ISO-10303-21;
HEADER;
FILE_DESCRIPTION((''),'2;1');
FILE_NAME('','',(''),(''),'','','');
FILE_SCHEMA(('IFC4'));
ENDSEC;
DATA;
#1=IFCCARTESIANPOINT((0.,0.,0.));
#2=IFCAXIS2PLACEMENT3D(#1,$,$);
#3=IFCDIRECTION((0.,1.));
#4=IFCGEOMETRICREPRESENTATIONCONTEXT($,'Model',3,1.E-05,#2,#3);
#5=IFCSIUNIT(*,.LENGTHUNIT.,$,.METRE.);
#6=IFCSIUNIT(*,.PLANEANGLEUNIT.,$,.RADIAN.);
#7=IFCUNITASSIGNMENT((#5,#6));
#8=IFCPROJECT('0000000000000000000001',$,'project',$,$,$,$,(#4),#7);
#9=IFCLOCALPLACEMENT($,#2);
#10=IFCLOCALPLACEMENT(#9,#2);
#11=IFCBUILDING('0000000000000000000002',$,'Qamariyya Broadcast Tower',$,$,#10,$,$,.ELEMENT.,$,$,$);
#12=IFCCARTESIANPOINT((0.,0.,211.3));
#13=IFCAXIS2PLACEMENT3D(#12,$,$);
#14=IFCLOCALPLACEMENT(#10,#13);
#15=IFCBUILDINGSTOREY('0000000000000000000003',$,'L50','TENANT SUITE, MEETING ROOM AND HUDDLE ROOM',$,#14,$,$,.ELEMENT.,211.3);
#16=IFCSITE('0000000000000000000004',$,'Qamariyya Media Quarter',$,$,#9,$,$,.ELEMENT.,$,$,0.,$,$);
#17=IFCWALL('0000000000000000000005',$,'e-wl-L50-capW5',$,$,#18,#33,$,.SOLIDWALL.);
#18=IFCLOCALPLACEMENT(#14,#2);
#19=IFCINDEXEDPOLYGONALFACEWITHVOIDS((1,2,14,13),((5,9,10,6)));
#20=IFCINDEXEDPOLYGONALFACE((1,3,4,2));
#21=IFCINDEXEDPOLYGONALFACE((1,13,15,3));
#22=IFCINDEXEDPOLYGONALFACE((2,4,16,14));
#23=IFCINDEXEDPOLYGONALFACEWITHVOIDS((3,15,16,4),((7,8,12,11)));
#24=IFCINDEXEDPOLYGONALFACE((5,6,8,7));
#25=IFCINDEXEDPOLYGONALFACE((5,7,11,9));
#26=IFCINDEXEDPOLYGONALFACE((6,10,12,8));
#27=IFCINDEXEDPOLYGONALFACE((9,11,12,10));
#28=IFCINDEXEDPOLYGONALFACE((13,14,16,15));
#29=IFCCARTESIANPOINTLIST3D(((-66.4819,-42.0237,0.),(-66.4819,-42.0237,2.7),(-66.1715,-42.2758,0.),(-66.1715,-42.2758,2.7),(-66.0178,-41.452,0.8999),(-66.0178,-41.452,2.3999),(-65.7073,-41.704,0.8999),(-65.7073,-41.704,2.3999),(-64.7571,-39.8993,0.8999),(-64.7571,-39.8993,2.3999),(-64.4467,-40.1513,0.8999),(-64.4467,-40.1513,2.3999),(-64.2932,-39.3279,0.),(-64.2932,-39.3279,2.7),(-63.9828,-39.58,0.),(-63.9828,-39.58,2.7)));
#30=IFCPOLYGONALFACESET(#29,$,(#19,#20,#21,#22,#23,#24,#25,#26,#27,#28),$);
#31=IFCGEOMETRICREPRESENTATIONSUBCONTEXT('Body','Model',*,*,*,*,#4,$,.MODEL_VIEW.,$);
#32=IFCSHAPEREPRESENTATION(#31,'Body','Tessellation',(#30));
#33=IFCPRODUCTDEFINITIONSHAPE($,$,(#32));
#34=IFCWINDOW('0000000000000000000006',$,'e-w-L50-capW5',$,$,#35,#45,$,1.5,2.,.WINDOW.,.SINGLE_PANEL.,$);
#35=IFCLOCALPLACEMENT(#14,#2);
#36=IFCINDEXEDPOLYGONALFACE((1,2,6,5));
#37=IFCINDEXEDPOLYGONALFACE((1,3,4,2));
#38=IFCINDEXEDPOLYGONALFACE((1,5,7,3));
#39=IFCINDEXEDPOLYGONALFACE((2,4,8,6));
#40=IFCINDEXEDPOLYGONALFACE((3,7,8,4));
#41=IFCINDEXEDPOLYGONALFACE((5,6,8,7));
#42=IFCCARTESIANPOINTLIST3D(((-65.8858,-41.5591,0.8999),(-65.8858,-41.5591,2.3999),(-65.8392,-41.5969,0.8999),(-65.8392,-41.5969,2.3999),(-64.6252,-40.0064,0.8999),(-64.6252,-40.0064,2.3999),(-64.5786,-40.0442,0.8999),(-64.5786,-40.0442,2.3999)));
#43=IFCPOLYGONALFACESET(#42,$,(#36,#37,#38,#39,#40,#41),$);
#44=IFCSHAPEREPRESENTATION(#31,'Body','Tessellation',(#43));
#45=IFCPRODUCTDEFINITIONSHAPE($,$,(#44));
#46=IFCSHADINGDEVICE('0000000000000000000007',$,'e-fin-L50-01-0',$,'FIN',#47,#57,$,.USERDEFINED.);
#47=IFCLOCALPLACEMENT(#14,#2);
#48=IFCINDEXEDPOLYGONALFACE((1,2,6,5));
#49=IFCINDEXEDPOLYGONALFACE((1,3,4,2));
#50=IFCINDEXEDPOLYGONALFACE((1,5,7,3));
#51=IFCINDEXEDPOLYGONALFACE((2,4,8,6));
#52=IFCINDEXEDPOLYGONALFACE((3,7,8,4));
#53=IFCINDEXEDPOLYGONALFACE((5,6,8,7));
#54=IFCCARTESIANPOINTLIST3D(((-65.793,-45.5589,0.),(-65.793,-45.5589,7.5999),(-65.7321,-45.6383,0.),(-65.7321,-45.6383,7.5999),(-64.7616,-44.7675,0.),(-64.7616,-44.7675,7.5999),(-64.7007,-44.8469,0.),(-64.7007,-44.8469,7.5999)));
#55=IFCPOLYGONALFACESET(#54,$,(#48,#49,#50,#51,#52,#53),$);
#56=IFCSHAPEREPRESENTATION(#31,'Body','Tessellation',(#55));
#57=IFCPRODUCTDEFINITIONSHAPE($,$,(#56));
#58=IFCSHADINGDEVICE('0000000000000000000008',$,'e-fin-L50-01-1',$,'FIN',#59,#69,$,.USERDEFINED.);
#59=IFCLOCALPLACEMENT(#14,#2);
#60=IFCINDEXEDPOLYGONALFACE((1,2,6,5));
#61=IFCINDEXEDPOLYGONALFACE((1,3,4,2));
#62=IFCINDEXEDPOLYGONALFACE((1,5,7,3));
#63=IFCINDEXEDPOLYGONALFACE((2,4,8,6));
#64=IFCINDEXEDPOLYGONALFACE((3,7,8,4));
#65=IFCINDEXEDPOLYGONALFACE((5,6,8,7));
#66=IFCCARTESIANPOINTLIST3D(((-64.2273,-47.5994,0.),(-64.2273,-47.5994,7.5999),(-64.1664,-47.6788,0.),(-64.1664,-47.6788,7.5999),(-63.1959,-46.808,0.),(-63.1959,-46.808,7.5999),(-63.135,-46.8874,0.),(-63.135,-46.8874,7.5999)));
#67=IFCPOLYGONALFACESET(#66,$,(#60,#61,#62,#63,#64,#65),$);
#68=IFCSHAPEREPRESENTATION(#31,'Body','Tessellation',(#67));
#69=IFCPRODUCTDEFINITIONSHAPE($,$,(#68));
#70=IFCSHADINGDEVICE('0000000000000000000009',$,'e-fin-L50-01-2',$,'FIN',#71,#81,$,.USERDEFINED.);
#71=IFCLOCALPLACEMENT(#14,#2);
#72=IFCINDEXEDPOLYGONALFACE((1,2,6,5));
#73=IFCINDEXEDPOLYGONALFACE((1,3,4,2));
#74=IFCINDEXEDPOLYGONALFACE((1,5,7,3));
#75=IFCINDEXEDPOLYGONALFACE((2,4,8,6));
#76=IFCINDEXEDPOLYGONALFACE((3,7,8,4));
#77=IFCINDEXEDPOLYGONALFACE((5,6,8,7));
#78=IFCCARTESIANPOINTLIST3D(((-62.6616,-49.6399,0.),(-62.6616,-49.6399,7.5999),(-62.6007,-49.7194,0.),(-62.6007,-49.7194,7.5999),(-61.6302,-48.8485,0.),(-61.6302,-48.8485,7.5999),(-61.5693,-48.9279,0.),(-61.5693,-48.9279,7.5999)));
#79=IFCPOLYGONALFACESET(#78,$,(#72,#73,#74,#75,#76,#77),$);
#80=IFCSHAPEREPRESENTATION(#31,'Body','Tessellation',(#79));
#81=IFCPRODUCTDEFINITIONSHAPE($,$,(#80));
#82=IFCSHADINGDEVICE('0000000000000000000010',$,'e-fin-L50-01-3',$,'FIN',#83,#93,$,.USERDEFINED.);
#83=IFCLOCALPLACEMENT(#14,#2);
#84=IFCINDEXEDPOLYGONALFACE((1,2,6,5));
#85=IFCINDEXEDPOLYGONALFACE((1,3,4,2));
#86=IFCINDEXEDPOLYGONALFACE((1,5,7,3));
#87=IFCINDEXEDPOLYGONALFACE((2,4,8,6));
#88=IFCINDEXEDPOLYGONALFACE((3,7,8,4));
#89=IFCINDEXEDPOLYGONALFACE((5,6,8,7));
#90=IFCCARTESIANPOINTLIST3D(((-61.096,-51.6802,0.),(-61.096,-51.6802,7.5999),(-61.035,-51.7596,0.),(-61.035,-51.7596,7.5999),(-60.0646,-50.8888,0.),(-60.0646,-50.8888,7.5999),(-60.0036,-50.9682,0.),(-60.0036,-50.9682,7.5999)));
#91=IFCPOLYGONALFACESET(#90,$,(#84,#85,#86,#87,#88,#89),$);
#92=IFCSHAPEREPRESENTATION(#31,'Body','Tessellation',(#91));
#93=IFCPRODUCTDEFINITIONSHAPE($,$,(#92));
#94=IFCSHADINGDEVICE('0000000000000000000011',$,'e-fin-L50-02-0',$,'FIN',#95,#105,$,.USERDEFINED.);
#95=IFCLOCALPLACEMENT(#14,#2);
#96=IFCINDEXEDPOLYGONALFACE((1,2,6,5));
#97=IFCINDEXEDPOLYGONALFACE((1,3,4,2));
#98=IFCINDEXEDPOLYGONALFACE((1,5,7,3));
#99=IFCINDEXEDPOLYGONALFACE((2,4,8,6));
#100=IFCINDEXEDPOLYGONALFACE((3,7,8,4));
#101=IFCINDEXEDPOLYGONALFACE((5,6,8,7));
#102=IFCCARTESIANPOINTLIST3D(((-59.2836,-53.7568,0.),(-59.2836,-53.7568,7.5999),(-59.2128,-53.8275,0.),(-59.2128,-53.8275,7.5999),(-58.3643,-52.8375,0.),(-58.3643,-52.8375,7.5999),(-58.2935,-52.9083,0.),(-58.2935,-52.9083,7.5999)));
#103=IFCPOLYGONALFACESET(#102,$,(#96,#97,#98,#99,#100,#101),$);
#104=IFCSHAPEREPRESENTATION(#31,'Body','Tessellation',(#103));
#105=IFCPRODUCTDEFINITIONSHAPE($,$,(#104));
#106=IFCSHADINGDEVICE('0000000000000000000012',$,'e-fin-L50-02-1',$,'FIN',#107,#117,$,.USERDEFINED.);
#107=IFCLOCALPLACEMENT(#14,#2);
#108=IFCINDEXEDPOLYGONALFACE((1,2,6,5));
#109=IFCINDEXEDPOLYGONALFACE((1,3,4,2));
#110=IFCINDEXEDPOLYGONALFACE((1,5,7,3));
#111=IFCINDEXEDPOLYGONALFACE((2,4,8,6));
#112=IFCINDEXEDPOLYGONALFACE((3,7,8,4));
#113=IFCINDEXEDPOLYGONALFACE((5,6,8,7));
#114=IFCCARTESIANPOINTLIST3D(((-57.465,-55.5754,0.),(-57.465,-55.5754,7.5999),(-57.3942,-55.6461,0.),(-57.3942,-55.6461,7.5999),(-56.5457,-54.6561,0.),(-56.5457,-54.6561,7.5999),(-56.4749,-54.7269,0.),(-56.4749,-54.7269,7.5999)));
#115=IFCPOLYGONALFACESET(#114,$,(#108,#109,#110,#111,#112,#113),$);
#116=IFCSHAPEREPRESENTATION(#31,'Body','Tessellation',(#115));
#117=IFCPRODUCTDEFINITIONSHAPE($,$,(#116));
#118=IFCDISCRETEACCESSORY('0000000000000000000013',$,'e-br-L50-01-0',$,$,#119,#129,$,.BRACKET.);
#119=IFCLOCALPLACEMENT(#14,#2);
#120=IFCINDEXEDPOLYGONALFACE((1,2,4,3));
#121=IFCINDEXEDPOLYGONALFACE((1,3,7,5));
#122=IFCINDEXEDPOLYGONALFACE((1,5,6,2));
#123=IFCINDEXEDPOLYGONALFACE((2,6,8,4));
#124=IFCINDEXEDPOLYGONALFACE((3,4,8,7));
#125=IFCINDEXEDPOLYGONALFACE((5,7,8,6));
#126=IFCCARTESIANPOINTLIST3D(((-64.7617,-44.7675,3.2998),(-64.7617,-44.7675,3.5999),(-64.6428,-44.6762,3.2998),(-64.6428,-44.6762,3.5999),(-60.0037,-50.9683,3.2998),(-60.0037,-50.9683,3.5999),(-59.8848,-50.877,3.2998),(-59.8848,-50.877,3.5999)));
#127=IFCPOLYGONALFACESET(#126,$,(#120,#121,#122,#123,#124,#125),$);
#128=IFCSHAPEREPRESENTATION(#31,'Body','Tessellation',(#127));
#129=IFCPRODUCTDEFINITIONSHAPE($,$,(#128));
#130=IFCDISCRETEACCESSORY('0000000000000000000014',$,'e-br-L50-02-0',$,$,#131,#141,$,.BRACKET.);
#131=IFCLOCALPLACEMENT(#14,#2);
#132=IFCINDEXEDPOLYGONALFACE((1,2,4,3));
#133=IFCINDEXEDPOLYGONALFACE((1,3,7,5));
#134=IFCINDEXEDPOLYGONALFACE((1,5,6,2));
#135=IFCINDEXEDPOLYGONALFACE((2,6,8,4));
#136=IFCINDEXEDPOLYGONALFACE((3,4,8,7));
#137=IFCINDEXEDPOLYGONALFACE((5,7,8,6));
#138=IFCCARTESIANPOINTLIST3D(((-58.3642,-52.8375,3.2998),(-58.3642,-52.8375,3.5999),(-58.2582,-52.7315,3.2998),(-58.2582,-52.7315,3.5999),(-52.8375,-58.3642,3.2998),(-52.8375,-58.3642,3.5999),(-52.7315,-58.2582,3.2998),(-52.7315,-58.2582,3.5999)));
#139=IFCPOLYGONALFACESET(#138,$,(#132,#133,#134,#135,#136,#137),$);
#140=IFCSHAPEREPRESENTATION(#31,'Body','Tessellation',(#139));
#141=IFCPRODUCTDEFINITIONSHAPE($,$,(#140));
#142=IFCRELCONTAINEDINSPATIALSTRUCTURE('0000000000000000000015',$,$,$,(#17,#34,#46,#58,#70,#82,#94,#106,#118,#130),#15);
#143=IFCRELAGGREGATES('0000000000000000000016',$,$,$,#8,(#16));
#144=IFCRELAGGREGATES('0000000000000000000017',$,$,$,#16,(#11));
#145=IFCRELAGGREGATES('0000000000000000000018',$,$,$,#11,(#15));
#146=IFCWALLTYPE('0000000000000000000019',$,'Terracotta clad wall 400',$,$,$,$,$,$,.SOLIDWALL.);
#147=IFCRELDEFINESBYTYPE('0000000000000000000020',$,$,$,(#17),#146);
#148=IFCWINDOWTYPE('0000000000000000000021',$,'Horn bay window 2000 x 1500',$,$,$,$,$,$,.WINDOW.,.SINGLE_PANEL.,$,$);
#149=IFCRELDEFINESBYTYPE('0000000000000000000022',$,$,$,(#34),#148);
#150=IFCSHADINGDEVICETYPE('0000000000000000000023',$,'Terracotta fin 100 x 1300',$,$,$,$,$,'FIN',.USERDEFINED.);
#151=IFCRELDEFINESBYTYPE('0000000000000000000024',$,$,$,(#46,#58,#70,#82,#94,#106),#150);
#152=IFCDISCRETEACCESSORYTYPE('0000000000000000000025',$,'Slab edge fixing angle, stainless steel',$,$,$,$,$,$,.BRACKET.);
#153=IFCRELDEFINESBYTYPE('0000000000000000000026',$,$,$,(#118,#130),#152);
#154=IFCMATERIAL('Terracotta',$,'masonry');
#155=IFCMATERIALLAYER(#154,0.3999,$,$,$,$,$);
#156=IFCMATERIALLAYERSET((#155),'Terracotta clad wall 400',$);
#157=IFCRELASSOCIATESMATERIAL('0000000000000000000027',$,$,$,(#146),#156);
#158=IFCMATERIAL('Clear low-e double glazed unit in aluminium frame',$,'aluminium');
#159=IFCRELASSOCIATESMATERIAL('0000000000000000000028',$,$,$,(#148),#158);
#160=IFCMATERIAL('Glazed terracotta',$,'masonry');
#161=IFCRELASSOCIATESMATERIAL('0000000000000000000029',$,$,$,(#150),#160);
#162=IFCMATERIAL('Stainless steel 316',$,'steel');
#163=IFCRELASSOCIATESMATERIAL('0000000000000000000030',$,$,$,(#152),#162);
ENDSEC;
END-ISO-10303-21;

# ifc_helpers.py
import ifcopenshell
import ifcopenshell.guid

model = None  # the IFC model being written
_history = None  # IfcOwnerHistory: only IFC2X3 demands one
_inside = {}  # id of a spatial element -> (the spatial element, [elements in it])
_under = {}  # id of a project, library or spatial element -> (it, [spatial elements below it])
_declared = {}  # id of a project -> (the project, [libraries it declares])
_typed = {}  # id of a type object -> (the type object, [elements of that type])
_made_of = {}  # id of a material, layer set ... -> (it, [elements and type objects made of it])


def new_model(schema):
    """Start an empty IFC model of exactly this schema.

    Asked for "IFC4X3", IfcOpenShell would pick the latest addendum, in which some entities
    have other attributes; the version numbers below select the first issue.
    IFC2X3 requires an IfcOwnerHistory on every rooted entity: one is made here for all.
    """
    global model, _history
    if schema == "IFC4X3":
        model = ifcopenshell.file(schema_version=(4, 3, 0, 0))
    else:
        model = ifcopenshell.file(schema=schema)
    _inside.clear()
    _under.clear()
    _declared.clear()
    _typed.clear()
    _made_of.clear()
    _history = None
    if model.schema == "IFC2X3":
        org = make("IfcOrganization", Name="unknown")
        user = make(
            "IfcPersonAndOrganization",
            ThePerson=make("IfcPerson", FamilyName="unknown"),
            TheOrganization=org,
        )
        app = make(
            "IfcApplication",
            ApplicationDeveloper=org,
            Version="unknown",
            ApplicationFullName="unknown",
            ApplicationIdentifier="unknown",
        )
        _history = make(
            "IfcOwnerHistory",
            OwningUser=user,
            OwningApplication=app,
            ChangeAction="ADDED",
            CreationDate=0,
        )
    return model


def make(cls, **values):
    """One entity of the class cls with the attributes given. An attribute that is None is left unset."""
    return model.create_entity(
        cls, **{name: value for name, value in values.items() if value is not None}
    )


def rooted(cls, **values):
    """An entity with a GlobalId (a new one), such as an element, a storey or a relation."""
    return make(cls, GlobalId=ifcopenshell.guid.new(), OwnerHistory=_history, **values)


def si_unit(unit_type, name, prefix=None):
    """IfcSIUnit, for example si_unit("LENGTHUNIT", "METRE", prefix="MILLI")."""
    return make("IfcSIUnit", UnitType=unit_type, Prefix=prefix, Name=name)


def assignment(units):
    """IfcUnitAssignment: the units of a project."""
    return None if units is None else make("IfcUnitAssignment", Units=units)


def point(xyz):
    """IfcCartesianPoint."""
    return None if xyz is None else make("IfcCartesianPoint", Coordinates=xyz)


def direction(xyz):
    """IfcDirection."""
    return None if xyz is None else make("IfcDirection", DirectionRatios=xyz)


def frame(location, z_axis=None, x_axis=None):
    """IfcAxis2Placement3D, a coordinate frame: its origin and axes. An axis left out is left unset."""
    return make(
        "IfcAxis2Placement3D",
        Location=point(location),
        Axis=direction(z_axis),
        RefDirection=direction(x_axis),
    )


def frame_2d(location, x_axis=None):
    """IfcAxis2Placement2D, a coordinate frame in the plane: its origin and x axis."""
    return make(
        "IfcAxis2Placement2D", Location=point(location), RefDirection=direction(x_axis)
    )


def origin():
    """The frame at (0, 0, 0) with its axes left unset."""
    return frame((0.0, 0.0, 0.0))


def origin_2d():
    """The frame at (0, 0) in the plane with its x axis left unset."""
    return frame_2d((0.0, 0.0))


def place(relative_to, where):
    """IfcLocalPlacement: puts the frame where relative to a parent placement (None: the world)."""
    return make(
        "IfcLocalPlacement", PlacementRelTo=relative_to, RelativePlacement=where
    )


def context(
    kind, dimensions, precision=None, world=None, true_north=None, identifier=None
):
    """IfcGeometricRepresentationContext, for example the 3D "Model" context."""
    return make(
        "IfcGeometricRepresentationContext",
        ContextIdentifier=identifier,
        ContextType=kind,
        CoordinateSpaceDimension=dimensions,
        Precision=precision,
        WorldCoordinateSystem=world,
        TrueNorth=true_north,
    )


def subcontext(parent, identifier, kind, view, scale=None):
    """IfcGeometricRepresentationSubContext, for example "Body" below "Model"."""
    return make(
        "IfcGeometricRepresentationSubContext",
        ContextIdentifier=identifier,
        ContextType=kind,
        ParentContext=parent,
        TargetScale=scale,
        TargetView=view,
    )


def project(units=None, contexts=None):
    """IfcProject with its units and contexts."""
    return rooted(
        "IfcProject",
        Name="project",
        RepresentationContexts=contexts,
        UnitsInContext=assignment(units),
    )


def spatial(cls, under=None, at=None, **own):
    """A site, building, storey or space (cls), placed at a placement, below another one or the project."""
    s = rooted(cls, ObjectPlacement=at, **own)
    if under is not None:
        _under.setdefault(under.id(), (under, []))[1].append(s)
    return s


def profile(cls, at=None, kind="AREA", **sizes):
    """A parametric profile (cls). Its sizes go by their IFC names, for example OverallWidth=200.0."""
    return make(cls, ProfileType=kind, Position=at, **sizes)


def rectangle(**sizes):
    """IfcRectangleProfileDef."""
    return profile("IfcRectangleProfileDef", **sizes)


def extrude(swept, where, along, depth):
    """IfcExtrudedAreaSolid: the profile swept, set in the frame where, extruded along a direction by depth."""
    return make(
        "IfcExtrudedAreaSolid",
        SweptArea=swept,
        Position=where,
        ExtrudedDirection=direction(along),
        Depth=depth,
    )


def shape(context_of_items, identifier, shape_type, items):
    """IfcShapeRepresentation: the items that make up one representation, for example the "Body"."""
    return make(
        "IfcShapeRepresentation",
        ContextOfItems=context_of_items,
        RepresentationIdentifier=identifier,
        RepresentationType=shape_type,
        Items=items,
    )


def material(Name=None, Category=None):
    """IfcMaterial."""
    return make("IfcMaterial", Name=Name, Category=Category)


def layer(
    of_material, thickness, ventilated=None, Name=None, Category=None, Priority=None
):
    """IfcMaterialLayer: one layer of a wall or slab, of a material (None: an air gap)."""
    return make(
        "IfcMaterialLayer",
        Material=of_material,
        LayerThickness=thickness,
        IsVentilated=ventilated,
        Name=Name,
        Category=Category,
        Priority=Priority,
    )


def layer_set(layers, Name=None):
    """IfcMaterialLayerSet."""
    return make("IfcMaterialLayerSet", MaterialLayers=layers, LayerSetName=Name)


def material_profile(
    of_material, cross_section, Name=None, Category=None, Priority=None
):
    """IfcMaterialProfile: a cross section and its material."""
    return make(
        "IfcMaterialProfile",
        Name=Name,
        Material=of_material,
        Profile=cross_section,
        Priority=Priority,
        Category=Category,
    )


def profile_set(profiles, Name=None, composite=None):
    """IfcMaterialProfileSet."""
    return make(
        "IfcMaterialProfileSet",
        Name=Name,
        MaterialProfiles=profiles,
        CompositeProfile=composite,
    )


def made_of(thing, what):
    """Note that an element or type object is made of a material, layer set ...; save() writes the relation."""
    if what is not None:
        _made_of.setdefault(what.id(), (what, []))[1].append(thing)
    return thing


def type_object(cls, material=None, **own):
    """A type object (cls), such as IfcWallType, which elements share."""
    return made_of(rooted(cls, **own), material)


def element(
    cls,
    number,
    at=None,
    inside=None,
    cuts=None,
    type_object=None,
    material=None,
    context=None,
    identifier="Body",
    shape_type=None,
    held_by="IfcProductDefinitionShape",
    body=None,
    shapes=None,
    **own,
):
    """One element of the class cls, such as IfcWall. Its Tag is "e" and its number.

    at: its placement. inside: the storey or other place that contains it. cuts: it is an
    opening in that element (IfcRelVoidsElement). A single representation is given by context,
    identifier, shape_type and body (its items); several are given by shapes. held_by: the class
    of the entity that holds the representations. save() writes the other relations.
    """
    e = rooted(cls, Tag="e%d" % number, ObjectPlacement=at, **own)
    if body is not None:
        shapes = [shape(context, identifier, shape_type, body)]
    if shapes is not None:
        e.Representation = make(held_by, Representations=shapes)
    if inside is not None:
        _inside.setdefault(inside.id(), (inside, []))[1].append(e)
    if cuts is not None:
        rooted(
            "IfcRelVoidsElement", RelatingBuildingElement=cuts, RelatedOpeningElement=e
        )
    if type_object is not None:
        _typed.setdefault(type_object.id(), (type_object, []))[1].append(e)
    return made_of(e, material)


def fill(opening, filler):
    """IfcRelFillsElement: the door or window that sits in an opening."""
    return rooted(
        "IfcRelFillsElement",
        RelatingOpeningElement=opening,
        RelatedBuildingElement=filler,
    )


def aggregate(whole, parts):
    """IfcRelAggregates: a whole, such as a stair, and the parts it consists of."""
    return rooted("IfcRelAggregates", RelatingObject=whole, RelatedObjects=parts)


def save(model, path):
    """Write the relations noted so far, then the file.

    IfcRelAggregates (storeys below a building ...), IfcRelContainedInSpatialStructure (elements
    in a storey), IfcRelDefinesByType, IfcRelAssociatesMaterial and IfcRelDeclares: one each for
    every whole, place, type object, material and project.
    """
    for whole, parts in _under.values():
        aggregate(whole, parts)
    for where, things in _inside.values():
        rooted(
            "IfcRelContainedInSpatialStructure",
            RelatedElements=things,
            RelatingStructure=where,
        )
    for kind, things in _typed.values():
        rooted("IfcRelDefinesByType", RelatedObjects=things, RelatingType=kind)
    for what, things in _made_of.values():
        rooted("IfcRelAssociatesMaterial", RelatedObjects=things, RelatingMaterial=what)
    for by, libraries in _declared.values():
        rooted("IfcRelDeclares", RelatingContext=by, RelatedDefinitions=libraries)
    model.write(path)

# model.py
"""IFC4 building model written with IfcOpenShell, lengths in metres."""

from ifc_helpers import new_model, si_unit, direction, frame, frame_2d, origin, origin_2d, place, context, subcontext, project, spatial, rectangle, extrude, material, layer, layer_set, material_profile, profile_set, type_object, element, fill, save


model = new_model("IFC4")

# Units and contexts
model_context = context("Model", 3, precision=1e-05, world=origin(), true_north=direction((0.0, 1.0)))
body_context = subcontext(model_context, "Body", "Model", "MODEL_VIEW")
ifc_project = project(units=[si_unit("LENGTHUNIT", "METRE"), si_unit("PLANEANGLEUNIT", "RADIAN")], contexts=[model_context])

# Site, building, storey
site_placement = place(None, origin())
site = spatial("IfcSite", under=ifc_project, at=site_placement, Name="Qamariyya Media Quarter", CompositionType="ELEMENT", RefElevation=0.0)
building_placement = place(site_placement, origin())
building = spatial("IfcBuilding", under=site, at=building_placement, Name="Qamariyya Broadcast Tower", CompositionType="ELEMENT")
storey_placement = place(building_placement, frame((0.0, 0.0, 211.3)))
storey = spatial("IfcBuildingStorey", under=building, at=storey_placement, Name="L50", Description="TENANT SUITE, MEETING ROOM AND HUDDLE ROOM", CompositionType="ELEMENT", Elevation=211.3)

# Wall, opening, window
ifc_material_1 = material(Name="Terracotta", Category="masonry")
ifc_layer = layer(ifc_material_1, 0.3999)
ifc_layer_set = layer_set([ifc_layer], Name="Terracotta clad wall 400")
wall_type = type_object("IfcWallType", Name="Terracotta clad wall 400", PredefinedType="SOLIDWALL", material=ifc_layer_set)
ifc_material_2 = material(Name="Clear low-e double glazed unit in aluminium frame", Category="aluminium")
window_type = type_object("IfcWindowType", Name="Horn bay window 2000 x 1500", PartitioningType="SINGLE_PANEL", PredefinedType="WINDOW", material=ifc_material_2)
wall_1_placement = place(storey_placement, frame((-64.1379, -39.4539, 0.0), z_axis=(0.0, 0.0, 1.0), x_axis=(-0.630312, -0.776342, 0.0)))
wall_1 = element("IfcWall", 1, at=wall_1_placement, inside=storey, type_object=wall_type, Name="e-wl-L50-capW5", PredefinedType="SOLIDWALL", context=body_context, shape_type="SweptSolid", body=[
    extrude(rectangle(XDim=3.4724, YDim=0.3999, at=frame_2d((1.7363, 0.0))), origin(), (0.0, 0.0, 1.0), 2.7),
])
opening_1_placement = place(wall_1_placement, frame((0.7361, 0.0, 0.8999)))
opening_1 = element("IfcOpeningElement", 2, at=opening_1_placement, cuts=wall_1, PredefinedType="OPENING", context=body_context, shape_type="SweptSolid", body=[
    extrude(rectangle(XDim=2.0, YDim=1.5, at=frame_2d((1.0, 0.75))), frame((0.0, 0.21, 0.0), z_axis=(0.0, -1.0, 0.0), x_axis=(1.0, 0.0, 0.0)), (0.0, 0.0, 1.0), 0.4199),
])
window_1_placement = place(opening_1_placement, origin())
window_1 = element("IfcWindow", 3, at=window_1_placement, inside=storey, type_object=window_type, Name="e-w-L50-capW5", OverallHeight=1.5, OverallWidth=2.0, PartitioningType="SINGLE_PANEL", PredefinedType="WINDOW", context=body_context, shape_type="SweptSolid", body=[
    extrude(rectangle(XDim=2.0, YDim=1.5, at=frame_2d((1.0, 0.75))), frame((0.0, 0.03, 0.0), z_axis=(0.0, -1.0, 0.0), x_axis=(1.0, 0.0, 0.0)), (0.0, 0.0, 1.0), 0.0601),
])
fill(opening_1, window_1)

# Shading devices
ifc_material_3 = material(Name="Glazed terracotta", Category="masonry")
ifc_material_profile_1 = material_profile(ifc_material_3, rectangle(XDim=1.3, YDim=0.1001, at=origin_2d()))
ifc_profile_set_1 = profile_set([ifc_material_profile_1], Name="Glazed terracotta")
shading_device_type_1 = type_object("IfcShadingDeviceType", Name="Terracotta fin 100 x 1300", ElementType="FIN", PredefinedType="USERDEFINED", material=ifc_profile_set_1)
for number, where, z_axis, x_axis, name in (
    (4, (-65.2468, -45.2029, 0.0), (0.0, 0.0, 1.0), (-0.793353, -0.608761, 0.0), "e-fin-L50-01-0"),
    (5, (-63.6812, -47.2434, 0.0), (0.0, 0.0, 1.0), (-0.793353, -0.608761, 0.0), "e-fin-L50-01-1"),
    (6, (-62.1155, -49.2839, 0.0), (0.0, 0.0, 1.0), (-0.793353, -0.608761, 0.0), "e-fin-L50-01-2"),
    (7, (-60.5498, -51.3242, 0.0), (0.0, 0.0, 1.0), (-0.793353, -0.608761, 0.0), "e-fin-L50-01-3"),
    (8, (-58.7886, -53.3325, 0.0), (0.0, 0.0, 1.0), (-0.707107, -0.707107, 0.0), "e-fin-L50-02-0"),
    (9, (-56.97, -55.1511, 0.0), (0.0, 0.0, 1.0), (-0.707107, -0.707107, 0.0), "e-fin-L50-02-1"),
):
    element("IfcShadingDevice", number, at=place(storey_placement, frame(where, z_axis=z_axis, x_axis=x_axis)), inside=storey, type_object=shading_device_type_1, Name=name, ObjectType="FIN", PredefinedType="USERDEFINED", context=body_context, shape_type="SweptSolid", body=[
        extrude(rectangle(XDim=1.3, YDim=0.1001, at=origin_2d()), origin(), (0.0, 0.0, 1.0), 7.5999),
    ])

# Discrete accessories
ifc_material_4 = material(Name="Stainless steel 316", Category="steel")
discrete_accessory_type = type_object("IfcDiscreteAccessoryType", Name="Slab edge fixing angle, stainless steel", PredefinedType="BRACKET", material=ifc_material_4)
for number, where, z_axis, x_axis, name in (
    (10, (-62.3232, -47.8223, 3.2998), (0.0, 0.0, 1.0), (0.608761, -0.793353, 0.0), "e-br-L50-01-0"),
    (11, (-55.5479, -55.5479, 3.2998), (0.0, 0.0, 1.0), (0.707107, -0.707107, 0.0), "e-br-L50-02-0"),
):
    element("IfcDiscreteAccessory", number, at=place(storey_placement, frame(where, z_axis=z_axis, x_axis=x_axis)), inside=storey, type_object=discrete_accessory_type, Name=name, PredefinedType="BRACKET", context=body_context, shape_type="SweptSolid", body=[
        extrude(rectangle(XDim=7.8159, YDim=0.1499, at=origin_2d()), origin(), (0.0, 0.0, 1.0), 0.3),
    ])

save(model, "model.ifc")
